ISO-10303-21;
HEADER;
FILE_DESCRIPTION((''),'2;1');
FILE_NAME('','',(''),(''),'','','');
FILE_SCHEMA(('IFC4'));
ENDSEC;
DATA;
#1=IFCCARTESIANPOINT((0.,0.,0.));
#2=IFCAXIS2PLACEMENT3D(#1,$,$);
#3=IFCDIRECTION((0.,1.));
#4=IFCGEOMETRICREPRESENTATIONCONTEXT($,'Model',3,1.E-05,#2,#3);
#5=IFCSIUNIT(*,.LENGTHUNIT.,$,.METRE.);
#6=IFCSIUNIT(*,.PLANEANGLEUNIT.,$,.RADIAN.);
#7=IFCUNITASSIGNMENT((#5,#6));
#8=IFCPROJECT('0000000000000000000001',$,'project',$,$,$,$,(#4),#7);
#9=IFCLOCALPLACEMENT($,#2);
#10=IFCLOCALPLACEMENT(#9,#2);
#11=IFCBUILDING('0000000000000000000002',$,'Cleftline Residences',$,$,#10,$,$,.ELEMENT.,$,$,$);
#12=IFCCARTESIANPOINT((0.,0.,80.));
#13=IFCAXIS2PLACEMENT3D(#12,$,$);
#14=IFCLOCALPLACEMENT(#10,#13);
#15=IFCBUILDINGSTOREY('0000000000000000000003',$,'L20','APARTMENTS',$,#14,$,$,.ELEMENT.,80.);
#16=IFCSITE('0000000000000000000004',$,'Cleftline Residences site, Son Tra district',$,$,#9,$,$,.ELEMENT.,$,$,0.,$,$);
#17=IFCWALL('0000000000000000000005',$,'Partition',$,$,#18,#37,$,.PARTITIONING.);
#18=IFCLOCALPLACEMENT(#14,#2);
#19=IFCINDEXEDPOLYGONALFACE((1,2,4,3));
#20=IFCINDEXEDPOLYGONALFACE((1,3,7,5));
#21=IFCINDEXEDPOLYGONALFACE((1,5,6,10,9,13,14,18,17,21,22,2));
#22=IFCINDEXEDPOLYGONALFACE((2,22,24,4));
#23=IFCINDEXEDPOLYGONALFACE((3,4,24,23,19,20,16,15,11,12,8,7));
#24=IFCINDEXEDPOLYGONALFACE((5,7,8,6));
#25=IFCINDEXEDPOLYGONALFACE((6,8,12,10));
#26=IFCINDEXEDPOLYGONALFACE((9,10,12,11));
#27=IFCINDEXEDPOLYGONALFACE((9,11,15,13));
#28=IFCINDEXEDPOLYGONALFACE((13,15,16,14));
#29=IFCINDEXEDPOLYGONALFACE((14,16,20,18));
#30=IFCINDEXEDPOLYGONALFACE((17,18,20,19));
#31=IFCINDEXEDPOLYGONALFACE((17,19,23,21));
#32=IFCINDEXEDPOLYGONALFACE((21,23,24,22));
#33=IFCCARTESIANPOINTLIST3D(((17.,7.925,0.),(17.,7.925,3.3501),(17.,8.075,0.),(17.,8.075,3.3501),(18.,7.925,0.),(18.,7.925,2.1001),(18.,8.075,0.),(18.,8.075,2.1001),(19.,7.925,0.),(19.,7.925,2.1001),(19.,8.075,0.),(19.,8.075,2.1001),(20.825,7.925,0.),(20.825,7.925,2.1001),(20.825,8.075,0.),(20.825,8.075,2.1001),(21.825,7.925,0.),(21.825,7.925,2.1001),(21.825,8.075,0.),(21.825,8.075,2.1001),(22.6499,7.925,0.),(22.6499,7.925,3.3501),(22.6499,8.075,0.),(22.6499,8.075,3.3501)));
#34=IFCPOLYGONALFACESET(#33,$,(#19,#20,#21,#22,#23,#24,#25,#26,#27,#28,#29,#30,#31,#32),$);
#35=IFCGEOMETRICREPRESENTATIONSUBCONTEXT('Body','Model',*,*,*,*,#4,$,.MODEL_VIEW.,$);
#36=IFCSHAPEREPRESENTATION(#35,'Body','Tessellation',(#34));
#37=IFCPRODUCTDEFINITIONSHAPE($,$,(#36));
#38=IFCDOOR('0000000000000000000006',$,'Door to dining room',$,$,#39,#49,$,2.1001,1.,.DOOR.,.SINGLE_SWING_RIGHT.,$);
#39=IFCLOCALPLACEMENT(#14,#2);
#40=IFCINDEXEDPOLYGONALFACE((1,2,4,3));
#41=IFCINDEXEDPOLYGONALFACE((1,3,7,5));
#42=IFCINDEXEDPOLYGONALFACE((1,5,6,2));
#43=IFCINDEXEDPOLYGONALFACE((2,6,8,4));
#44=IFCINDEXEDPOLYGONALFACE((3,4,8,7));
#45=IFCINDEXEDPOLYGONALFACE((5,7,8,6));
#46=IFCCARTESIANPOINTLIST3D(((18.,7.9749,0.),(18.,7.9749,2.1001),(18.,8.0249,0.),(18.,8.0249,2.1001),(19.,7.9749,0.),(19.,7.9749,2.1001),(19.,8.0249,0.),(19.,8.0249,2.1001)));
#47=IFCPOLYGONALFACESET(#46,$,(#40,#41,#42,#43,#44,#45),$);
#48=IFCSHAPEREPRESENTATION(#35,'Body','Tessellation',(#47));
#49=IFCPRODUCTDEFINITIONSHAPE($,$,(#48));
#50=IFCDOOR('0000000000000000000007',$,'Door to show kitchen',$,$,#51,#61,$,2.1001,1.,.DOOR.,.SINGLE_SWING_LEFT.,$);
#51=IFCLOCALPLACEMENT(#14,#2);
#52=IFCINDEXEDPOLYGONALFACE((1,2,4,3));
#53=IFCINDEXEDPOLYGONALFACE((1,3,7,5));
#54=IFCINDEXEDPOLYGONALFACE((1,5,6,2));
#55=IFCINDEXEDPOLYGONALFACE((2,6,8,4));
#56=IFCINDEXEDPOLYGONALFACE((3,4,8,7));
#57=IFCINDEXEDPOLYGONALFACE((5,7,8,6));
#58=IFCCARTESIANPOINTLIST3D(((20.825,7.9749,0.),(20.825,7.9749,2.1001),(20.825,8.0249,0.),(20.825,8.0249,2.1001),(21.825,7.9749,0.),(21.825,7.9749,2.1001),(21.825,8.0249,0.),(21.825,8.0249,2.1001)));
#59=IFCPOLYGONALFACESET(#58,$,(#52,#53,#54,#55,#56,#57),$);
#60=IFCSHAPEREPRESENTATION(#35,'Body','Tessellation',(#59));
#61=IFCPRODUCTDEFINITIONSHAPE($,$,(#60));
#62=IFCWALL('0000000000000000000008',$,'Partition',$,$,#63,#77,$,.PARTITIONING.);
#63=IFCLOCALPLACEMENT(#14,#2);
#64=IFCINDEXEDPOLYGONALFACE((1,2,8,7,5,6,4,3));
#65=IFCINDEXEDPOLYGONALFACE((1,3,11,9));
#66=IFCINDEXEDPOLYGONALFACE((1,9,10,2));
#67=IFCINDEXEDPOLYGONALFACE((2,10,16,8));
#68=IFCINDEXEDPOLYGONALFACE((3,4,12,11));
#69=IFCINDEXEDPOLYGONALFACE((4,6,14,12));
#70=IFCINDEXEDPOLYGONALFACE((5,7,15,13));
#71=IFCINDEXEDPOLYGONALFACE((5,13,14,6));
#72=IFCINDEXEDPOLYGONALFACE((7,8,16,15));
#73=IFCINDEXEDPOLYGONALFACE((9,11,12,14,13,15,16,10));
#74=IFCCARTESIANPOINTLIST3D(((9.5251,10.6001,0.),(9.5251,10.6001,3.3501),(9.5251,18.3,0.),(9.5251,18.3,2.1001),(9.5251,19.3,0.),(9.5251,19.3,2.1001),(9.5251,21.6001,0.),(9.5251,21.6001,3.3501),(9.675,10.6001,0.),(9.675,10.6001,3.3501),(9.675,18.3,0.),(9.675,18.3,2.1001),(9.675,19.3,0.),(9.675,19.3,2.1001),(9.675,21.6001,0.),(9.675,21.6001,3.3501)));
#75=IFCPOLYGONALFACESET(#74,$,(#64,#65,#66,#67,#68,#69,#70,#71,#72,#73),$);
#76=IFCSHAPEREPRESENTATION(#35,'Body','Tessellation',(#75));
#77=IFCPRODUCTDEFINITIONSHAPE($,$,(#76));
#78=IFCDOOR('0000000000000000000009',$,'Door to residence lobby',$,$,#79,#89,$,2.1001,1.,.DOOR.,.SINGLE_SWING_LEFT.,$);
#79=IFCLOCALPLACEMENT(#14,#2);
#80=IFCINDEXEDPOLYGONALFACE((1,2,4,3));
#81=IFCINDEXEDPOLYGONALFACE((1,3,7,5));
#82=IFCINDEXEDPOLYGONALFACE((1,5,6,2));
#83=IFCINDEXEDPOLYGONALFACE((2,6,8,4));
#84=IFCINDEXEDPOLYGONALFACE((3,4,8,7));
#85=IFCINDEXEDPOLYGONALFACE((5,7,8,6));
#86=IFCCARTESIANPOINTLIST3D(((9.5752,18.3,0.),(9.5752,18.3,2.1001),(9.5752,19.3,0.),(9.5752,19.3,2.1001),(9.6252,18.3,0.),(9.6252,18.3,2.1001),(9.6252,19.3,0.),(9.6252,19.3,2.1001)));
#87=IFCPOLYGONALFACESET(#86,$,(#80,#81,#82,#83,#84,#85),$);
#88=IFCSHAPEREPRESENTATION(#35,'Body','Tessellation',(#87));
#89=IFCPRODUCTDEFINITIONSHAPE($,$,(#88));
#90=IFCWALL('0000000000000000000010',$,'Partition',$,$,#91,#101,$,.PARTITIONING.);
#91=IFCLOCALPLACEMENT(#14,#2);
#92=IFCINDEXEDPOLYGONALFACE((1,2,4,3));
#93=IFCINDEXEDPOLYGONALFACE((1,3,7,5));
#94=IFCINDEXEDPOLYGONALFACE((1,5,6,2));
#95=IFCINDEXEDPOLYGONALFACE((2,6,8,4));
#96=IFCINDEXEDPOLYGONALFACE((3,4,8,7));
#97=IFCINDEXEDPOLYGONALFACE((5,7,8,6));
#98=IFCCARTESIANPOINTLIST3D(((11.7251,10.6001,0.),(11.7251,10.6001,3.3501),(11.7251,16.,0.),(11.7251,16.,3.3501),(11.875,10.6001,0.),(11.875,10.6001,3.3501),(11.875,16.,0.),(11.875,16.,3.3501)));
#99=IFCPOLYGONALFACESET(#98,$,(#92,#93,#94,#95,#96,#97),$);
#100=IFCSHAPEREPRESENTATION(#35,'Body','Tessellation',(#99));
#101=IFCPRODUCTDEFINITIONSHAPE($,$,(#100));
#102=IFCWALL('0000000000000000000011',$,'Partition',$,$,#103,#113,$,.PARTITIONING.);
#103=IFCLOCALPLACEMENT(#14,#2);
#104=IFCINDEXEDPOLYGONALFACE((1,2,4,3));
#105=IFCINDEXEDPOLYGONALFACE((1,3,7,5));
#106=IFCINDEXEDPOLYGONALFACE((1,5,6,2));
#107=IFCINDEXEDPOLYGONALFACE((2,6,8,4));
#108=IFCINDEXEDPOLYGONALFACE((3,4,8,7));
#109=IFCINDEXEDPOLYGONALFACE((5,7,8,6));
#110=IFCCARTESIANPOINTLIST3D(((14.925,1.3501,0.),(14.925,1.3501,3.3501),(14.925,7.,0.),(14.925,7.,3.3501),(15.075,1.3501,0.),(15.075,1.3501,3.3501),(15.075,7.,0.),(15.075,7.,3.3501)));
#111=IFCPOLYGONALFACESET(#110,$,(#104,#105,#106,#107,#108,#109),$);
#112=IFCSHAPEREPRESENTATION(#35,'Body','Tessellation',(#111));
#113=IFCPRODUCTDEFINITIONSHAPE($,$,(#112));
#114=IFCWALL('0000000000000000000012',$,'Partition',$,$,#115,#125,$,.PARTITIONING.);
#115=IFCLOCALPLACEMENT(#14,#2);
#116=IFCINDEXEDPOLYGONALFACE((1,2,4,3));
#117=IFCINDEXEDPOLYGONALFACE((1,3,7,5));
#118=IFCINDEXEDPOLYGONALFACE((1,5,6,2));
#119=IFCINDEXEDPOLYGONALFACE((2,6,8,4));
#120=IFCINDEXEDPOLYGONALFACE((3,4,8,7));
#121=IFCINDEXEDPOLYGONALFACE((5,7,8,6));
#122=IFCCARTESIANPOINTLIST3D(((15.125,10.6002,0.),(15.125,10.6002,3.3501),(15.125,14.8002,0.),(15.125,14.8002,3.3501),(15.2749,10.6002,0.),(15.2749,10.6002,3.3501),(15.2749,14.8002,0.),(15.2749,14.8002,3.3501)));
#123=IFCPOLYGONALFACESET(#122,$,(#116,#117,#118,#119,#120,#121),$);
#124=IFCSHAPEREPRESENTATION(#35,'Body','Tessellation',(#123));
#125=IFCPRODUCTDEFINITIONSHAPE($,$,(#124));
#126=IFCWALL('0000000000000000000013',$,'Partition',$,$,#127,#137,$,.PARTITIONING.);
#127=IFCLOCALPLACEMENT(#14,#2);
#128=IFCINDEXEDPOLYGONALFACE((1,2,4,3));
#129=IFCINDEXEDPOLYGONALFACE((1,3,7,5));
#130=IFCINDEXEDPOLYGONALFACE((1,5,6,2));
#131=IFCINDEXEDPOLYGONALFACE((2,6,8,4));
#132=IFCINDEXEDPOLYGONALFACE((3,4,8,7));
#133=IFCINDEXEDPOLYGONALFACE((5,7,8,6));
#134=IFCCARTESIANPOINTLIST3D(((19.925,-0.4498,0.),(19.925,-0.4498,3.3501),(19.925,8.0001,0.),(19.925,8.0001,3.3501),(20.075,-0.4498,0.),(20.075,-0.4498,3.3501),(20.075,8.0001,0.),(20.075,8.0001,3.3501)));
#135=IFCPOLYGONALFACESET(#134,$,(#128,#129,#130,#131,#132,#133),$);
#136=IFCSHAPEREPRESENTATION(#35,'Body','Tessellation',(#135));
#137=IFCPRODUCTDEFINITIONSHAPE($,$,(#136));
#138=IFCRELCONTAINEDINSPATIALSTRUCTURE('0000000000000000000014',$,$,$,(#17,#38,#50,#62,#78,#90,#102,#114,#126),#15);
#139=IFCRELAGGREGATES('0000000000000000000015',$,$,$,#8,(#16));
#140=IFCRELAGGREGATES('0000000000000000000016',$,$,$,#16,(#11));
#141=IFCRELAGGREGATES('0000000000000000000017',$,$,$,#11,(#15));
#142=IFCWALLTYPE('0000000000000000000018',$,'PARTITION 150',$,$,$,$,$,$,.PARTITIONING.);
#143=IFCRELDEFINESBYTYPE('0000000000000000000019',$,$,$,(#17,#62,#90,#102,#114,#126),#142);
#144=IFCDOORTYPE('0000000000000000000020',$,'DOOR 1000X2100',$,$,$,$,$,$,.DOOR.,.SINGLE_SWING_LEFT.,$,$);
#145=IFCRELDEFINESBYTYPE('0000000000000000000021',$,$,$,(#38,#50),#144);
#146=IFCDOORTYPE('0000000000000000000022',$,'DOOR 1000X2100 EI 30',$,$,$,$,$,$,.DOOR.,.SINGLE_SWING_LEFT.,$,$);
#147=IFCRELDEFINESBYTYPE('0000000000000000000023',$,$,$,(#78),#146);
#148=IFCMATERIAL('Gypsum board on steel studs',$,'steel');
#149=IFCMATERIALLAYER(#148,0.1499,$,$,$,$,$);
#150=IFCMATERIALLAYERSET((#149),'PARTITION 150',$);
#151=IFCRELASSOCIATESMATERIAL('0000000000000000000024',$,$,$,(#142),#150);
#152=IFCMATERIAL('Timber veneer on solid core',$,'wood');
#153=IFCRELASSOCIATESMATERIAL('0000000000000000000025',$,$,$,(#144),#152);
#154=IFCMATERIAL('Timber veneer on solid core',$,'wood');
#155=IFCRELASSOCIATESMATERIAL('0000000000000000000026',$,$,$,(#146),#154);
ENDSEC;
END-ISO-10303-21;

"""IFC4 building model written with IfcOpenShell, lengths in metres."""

from ifc_helpers import new_model, si_unit, direction, frame, frame_2d, origin, place, context, subcontext, project, spatial, rectangle, extrude, material, layer, layer_set, type_object, element, fill, save


model = new_model("IFC4")

# Units and contexts
model_context = context("Model", 3, precision=1e-05, world=origin(), true_north=direction((0.0, 1.0)))
body_context = subcontext(model_context, "Body", "Model", "MODEL_VIEW")
ifc_project = project(units=[si_unit("LENGTHUNIT", "METRE"), si_unit("PLANEANGLEUNIT", "RADIAN")], contexts=[model_context])

# Site, building, storey
site_placement = place(None, origin())
site = spatial("IfcSite", under=ifc_project, at=site_placement, Name="Cleftline Residences site, Son Tra district", CompositionType="ELEMENT", RefElevation=0.0)
building_placement = place(site_placement, origin())
building = spatial("IfcBuilding", under=site, at=building_placement, Name="Cleftline Residences", CompositionType="ELEMENT")
storey_placement = place(building_placement, frame((0.0, 0.0, 80.0)))
storey = spatial("IfcBuildingStorey", under=building, at=storey_placement, Name="L20", Description="APARTMENTS", CompositionType="ELEMENT", Elevation=80.0)

# Shared definitions
ifc_material_1 = material(Name="Gypsum board on steel studs", Category="steel")
ifc_layer_1 = layer(ifc_material_1, 0.1499)
ifc_layer_set_1 = layer_set([ifc_layer_1], Name="PARTITION 150")
wall_type = type_object("IfcWallType", Name="PARTITION 150", PredefinedType="PARTITIONING", material=ifc_layer_set_1)
ifc_material_2 = material(Name="Timber veneer on solid core", Category="wood")
door_type_1 = type_object("IfcDoorType", Name="DOOR 1000X2100", OperationType="SINGLE_SWING_LEFT", PredefinedType="DOOR", material=ifc_material_2)

# Wall, openings, doors
wall_1_placement = place(storey_placement, frame((17.0, 8.0, 0.0), z_axis=(0.0, 0.0, 1.0), x_axis=(1.0, 0.0, 0.0)))
wall_1 = element("IfcWall", 1, at=wall_1_placement, inside=storey, type_object=wall_type, Name="Partition", PredefinedType="PARTITIONING", context=body_context, shape_type="SweptSolid", body=[
    extrude(rectangle(XDim=5.6499, YDim=0.1499, at=frame_2d((2.825, 0.0))), origin(), (0.0, 0.0, 1.0), 3.3501),
])
opening_1_placement = place(wall_1_placement, frame((1.0, 0.0, 0.0)))
opening_1 = element("IfcOpeningElement", 2, at=opening_1_placement, cuts=wall_1, PredefinedType="OPENING", context=body_context, shape_type="SweptSolid", body=[
    extrude(rectangle(XDim=1.0, YDim=2.1001, at=frame_2d((0.5, 1.05))), frame((0.0, 0.085, 0.0), z_axis=(0.0, -1.0, 0.0), x_axis=(1.0, 0.0, 0.0)), (0.0, 0.0, 1.0), 0.1699),
])
opening_2_placement = place(wall_1_placement, frame((3.825, 0.0, 0.0)))
opening_2 = element("IfcOpeningElement", 3, at=opening_2_placement, cuts=wall_1, PredefinedType="OPENING", context=body_context, shape_type="SweptSolid", body=[
    extrude(rectangle(XDim=1.0, YDim=2.1001, at=frame_2d((0.5, 1.05))), frame((0.0, 0.085, 0.0), z_axis=(0.0, -1.0, 0.0), x_axis=(1.0, 0.0, 0.0)), (0.0, 0.0, 1.0), 0.1699),
])
door_1_placement = place(opening_1_placement, origin())
door_1 = element("IfcDoor", 4, at=door_1_placement, inside=storey, type_object=door_type_1, Name="Door to dining room", OperationType="SINGLE_SWING_RIGHT", OverallHeight=2.1001, OverallWidth=1.0, PredefinedType="DOOR", context=body_context, shape_type="SweptSolid", body=[
    extrude(rectangle(XDim=1.0, YDim=2.1001, at=frame_2d((0.5, 1.05))), frame((0.0, 0.0249, 0.0), z_axis=(0.0, -1.0, 0.0), x_axis=(1.0, 0.0, 0.0)), (0.0, 0.0, 1.0), 0.05),
])
fill(opening_1, door_1)
door_2_placement = place(opening_2_placement, origin())
door_2 = element("IfcDoor", 5, at=door_2_placement, inside=storey, type_object=door_type_1, Name="Door to show kitchen", OperationType="SINGLE_SWING_LEFT", OverallHeight=2.1001, OverallWidth=1.0, PredefinedType="DOOR", context=body_context, shape_type="SweptSolid", body=[
    extrude(rectangle(XDim=1.0, YDim=2.1001, at=frame_2d((0.5, 1.05))), frame((0.0, 0.0249, 0.0), z_axis=(0.0, -1.0, 0.0), x_axis=(1.0, 0.0, 0.0)), (0.0, 0.0, 1.0), 0.05),
])
fill(opening_2, door_2)

# Wall, opening, door
wall_2_placement = place(storey_placement, frame((9.6001, 10.6001, 0.0), z_axis=(0.0, 0.0, 1.0), x_axis=(0.0, 1.0, 0.0)))
wall_2 = element("IfcWall", 6, at=wall_2_placement, inside=storey, type_object=wall_type, Name="Partition", PredefinedType="PARTITIONING", context=body_context, shape_type="SweptSolid", body=[
    extrude(rectangle(XDim=11.0, YDim=0.1499, at=frame_2d((5.5, 0.0))), origin(), (0.0, 0.0, 1.0), 3.3501),
])
opening_3_placement = place(wall_2_placement, frame((7.7, 0.0, 0.0)))
opening_3 = element("IfcOpeningElement", 7, at=opening_3_placement, cuts=wall_2, PredefinedType="OPENING", context=body_context, shape_type="SweptSolid", body=[
    extrude(rectangle(XDim=1.0, YDim=2.1001, at=frame_2d((0.5, 1.05))), frame((0.0, 0.085, 0.0), z_axis=(0.0, -1.0, 0.0), x_axis=(1.0, 0.0, 0.0)), (0.0, 0.0, 1.0), 0.1699),
])
ifc_material_3 = material(Name="Timber veneer on solid core", Category="wood")
door_type_2 = type_object("IfcDoorType", Name="DOOR 1000X2100 EI 30", OperationType="SINGLE_SWING_LEFT", PredefinedType="DOOR", material=ifc_material_3)
door_3_placement = place(opening_3_placement, origin())
door_3 = element("IfcDoor", 8, at=door_3_placement, inside=storey, type_object=door_type_2, Name="Door to residence lobby", OperationType="SINGLE_SWING_LEFT", OverallHeight=2.1001, OverallWidth=1.0, PredefinedType="DOOR", context=body_context, shape_type="SweptSolid", body=[
    extrude(rectangle(XDim=1.0, YDim=2.1001, at=frame_2d((0.5, 1.05))), frame((0.0, 0.0249, 0.0), z_axis=(0.0, -1.0, 0.0), x_axis=(1.0, 0.0, 0.0)), (0.0, 0.0, 1.0), 0.05),
])
fill(opening_3, door_3)

# Walls
wall_3_placement = place(storey_placement, frame((11.8, 10.6001, 0.0), z_axis=(0.0, 0.0, 1.0), x_axis=(0.0, 1.0, 0.0)))
element("IfcWall", 9, at=wall_3_placement, inside=storey, type_object=wall_type, Name="Partition", PredefinedType="PARTITIONING", context=body_context, shape_type="SweptSolid", body=[
    extrude(rectangle(XDim=5.3999, YDim=0.1499, at=frame_2d((2.7, 0.0))), origin(), (0.0, 0.0, 1.0), 3.3501),
])
wall_4_placement = place(storey_placement, frame((15.0, 1.3501, 0.0), z_axis=(0.0, 0.0, 1.0), x_axis=(0.0, 1.0, 0.0)))
element("IfcWall", 10, at=wall_4_placement, inside=storey, type_object=wall_type, Name="Partition", PredefinedType="PARTITIONING", context=body_context, shape_type="SweptSolid", body=[
    extrude(rectangle(XDim=5.6499, YDim=0.1499, at=frame_2d((2.825, 0.0))), origin(), (0.0, 0.0, 1.0), 3.3501),
])
wall_5_placement = place(storey_placement, frame((15.2, 10.6001, 0.0), z_axis=(0.0, 0.0, 1.0), x_axis=(0.0, 1.0, 0.0)))
element("IfcWall", 11, at=wall_5_placement, inside=storey, type_object=wall_type, Name="Partition", PredefinedType="PARTITIONING", context=body_context, shape_type="SweptSolid", body=[
    extrude(rectangle(XDim=4.2, YDim=0.1499, at=frame_2d((2.1001, 0.0))), origin(), (0.0, 0.0, 1.0), 3.3501),
])
wall_6_placement = place(storey_placement, frame((20.0, -0.45, 0.0), z_axis=(0.0, 0.0, 1.0), x_axis=(0.0, 1.0, 0.0)))
element("IfcWall", 12, at=wall_6_placement, inside=storey, type_object=wall_type, Name="Partition", PredefinedType="PARTITIONING", context=body_context, shape_type="SweptSolid", body=[
    extrude(rectangle(XDim=8.45, YDim=0.1499, at=frame_2d((4.2251, 0.0))), origin(), (0.0, 0.0, 1.0), 3.3501),
])

save(model, "model.ifc")
